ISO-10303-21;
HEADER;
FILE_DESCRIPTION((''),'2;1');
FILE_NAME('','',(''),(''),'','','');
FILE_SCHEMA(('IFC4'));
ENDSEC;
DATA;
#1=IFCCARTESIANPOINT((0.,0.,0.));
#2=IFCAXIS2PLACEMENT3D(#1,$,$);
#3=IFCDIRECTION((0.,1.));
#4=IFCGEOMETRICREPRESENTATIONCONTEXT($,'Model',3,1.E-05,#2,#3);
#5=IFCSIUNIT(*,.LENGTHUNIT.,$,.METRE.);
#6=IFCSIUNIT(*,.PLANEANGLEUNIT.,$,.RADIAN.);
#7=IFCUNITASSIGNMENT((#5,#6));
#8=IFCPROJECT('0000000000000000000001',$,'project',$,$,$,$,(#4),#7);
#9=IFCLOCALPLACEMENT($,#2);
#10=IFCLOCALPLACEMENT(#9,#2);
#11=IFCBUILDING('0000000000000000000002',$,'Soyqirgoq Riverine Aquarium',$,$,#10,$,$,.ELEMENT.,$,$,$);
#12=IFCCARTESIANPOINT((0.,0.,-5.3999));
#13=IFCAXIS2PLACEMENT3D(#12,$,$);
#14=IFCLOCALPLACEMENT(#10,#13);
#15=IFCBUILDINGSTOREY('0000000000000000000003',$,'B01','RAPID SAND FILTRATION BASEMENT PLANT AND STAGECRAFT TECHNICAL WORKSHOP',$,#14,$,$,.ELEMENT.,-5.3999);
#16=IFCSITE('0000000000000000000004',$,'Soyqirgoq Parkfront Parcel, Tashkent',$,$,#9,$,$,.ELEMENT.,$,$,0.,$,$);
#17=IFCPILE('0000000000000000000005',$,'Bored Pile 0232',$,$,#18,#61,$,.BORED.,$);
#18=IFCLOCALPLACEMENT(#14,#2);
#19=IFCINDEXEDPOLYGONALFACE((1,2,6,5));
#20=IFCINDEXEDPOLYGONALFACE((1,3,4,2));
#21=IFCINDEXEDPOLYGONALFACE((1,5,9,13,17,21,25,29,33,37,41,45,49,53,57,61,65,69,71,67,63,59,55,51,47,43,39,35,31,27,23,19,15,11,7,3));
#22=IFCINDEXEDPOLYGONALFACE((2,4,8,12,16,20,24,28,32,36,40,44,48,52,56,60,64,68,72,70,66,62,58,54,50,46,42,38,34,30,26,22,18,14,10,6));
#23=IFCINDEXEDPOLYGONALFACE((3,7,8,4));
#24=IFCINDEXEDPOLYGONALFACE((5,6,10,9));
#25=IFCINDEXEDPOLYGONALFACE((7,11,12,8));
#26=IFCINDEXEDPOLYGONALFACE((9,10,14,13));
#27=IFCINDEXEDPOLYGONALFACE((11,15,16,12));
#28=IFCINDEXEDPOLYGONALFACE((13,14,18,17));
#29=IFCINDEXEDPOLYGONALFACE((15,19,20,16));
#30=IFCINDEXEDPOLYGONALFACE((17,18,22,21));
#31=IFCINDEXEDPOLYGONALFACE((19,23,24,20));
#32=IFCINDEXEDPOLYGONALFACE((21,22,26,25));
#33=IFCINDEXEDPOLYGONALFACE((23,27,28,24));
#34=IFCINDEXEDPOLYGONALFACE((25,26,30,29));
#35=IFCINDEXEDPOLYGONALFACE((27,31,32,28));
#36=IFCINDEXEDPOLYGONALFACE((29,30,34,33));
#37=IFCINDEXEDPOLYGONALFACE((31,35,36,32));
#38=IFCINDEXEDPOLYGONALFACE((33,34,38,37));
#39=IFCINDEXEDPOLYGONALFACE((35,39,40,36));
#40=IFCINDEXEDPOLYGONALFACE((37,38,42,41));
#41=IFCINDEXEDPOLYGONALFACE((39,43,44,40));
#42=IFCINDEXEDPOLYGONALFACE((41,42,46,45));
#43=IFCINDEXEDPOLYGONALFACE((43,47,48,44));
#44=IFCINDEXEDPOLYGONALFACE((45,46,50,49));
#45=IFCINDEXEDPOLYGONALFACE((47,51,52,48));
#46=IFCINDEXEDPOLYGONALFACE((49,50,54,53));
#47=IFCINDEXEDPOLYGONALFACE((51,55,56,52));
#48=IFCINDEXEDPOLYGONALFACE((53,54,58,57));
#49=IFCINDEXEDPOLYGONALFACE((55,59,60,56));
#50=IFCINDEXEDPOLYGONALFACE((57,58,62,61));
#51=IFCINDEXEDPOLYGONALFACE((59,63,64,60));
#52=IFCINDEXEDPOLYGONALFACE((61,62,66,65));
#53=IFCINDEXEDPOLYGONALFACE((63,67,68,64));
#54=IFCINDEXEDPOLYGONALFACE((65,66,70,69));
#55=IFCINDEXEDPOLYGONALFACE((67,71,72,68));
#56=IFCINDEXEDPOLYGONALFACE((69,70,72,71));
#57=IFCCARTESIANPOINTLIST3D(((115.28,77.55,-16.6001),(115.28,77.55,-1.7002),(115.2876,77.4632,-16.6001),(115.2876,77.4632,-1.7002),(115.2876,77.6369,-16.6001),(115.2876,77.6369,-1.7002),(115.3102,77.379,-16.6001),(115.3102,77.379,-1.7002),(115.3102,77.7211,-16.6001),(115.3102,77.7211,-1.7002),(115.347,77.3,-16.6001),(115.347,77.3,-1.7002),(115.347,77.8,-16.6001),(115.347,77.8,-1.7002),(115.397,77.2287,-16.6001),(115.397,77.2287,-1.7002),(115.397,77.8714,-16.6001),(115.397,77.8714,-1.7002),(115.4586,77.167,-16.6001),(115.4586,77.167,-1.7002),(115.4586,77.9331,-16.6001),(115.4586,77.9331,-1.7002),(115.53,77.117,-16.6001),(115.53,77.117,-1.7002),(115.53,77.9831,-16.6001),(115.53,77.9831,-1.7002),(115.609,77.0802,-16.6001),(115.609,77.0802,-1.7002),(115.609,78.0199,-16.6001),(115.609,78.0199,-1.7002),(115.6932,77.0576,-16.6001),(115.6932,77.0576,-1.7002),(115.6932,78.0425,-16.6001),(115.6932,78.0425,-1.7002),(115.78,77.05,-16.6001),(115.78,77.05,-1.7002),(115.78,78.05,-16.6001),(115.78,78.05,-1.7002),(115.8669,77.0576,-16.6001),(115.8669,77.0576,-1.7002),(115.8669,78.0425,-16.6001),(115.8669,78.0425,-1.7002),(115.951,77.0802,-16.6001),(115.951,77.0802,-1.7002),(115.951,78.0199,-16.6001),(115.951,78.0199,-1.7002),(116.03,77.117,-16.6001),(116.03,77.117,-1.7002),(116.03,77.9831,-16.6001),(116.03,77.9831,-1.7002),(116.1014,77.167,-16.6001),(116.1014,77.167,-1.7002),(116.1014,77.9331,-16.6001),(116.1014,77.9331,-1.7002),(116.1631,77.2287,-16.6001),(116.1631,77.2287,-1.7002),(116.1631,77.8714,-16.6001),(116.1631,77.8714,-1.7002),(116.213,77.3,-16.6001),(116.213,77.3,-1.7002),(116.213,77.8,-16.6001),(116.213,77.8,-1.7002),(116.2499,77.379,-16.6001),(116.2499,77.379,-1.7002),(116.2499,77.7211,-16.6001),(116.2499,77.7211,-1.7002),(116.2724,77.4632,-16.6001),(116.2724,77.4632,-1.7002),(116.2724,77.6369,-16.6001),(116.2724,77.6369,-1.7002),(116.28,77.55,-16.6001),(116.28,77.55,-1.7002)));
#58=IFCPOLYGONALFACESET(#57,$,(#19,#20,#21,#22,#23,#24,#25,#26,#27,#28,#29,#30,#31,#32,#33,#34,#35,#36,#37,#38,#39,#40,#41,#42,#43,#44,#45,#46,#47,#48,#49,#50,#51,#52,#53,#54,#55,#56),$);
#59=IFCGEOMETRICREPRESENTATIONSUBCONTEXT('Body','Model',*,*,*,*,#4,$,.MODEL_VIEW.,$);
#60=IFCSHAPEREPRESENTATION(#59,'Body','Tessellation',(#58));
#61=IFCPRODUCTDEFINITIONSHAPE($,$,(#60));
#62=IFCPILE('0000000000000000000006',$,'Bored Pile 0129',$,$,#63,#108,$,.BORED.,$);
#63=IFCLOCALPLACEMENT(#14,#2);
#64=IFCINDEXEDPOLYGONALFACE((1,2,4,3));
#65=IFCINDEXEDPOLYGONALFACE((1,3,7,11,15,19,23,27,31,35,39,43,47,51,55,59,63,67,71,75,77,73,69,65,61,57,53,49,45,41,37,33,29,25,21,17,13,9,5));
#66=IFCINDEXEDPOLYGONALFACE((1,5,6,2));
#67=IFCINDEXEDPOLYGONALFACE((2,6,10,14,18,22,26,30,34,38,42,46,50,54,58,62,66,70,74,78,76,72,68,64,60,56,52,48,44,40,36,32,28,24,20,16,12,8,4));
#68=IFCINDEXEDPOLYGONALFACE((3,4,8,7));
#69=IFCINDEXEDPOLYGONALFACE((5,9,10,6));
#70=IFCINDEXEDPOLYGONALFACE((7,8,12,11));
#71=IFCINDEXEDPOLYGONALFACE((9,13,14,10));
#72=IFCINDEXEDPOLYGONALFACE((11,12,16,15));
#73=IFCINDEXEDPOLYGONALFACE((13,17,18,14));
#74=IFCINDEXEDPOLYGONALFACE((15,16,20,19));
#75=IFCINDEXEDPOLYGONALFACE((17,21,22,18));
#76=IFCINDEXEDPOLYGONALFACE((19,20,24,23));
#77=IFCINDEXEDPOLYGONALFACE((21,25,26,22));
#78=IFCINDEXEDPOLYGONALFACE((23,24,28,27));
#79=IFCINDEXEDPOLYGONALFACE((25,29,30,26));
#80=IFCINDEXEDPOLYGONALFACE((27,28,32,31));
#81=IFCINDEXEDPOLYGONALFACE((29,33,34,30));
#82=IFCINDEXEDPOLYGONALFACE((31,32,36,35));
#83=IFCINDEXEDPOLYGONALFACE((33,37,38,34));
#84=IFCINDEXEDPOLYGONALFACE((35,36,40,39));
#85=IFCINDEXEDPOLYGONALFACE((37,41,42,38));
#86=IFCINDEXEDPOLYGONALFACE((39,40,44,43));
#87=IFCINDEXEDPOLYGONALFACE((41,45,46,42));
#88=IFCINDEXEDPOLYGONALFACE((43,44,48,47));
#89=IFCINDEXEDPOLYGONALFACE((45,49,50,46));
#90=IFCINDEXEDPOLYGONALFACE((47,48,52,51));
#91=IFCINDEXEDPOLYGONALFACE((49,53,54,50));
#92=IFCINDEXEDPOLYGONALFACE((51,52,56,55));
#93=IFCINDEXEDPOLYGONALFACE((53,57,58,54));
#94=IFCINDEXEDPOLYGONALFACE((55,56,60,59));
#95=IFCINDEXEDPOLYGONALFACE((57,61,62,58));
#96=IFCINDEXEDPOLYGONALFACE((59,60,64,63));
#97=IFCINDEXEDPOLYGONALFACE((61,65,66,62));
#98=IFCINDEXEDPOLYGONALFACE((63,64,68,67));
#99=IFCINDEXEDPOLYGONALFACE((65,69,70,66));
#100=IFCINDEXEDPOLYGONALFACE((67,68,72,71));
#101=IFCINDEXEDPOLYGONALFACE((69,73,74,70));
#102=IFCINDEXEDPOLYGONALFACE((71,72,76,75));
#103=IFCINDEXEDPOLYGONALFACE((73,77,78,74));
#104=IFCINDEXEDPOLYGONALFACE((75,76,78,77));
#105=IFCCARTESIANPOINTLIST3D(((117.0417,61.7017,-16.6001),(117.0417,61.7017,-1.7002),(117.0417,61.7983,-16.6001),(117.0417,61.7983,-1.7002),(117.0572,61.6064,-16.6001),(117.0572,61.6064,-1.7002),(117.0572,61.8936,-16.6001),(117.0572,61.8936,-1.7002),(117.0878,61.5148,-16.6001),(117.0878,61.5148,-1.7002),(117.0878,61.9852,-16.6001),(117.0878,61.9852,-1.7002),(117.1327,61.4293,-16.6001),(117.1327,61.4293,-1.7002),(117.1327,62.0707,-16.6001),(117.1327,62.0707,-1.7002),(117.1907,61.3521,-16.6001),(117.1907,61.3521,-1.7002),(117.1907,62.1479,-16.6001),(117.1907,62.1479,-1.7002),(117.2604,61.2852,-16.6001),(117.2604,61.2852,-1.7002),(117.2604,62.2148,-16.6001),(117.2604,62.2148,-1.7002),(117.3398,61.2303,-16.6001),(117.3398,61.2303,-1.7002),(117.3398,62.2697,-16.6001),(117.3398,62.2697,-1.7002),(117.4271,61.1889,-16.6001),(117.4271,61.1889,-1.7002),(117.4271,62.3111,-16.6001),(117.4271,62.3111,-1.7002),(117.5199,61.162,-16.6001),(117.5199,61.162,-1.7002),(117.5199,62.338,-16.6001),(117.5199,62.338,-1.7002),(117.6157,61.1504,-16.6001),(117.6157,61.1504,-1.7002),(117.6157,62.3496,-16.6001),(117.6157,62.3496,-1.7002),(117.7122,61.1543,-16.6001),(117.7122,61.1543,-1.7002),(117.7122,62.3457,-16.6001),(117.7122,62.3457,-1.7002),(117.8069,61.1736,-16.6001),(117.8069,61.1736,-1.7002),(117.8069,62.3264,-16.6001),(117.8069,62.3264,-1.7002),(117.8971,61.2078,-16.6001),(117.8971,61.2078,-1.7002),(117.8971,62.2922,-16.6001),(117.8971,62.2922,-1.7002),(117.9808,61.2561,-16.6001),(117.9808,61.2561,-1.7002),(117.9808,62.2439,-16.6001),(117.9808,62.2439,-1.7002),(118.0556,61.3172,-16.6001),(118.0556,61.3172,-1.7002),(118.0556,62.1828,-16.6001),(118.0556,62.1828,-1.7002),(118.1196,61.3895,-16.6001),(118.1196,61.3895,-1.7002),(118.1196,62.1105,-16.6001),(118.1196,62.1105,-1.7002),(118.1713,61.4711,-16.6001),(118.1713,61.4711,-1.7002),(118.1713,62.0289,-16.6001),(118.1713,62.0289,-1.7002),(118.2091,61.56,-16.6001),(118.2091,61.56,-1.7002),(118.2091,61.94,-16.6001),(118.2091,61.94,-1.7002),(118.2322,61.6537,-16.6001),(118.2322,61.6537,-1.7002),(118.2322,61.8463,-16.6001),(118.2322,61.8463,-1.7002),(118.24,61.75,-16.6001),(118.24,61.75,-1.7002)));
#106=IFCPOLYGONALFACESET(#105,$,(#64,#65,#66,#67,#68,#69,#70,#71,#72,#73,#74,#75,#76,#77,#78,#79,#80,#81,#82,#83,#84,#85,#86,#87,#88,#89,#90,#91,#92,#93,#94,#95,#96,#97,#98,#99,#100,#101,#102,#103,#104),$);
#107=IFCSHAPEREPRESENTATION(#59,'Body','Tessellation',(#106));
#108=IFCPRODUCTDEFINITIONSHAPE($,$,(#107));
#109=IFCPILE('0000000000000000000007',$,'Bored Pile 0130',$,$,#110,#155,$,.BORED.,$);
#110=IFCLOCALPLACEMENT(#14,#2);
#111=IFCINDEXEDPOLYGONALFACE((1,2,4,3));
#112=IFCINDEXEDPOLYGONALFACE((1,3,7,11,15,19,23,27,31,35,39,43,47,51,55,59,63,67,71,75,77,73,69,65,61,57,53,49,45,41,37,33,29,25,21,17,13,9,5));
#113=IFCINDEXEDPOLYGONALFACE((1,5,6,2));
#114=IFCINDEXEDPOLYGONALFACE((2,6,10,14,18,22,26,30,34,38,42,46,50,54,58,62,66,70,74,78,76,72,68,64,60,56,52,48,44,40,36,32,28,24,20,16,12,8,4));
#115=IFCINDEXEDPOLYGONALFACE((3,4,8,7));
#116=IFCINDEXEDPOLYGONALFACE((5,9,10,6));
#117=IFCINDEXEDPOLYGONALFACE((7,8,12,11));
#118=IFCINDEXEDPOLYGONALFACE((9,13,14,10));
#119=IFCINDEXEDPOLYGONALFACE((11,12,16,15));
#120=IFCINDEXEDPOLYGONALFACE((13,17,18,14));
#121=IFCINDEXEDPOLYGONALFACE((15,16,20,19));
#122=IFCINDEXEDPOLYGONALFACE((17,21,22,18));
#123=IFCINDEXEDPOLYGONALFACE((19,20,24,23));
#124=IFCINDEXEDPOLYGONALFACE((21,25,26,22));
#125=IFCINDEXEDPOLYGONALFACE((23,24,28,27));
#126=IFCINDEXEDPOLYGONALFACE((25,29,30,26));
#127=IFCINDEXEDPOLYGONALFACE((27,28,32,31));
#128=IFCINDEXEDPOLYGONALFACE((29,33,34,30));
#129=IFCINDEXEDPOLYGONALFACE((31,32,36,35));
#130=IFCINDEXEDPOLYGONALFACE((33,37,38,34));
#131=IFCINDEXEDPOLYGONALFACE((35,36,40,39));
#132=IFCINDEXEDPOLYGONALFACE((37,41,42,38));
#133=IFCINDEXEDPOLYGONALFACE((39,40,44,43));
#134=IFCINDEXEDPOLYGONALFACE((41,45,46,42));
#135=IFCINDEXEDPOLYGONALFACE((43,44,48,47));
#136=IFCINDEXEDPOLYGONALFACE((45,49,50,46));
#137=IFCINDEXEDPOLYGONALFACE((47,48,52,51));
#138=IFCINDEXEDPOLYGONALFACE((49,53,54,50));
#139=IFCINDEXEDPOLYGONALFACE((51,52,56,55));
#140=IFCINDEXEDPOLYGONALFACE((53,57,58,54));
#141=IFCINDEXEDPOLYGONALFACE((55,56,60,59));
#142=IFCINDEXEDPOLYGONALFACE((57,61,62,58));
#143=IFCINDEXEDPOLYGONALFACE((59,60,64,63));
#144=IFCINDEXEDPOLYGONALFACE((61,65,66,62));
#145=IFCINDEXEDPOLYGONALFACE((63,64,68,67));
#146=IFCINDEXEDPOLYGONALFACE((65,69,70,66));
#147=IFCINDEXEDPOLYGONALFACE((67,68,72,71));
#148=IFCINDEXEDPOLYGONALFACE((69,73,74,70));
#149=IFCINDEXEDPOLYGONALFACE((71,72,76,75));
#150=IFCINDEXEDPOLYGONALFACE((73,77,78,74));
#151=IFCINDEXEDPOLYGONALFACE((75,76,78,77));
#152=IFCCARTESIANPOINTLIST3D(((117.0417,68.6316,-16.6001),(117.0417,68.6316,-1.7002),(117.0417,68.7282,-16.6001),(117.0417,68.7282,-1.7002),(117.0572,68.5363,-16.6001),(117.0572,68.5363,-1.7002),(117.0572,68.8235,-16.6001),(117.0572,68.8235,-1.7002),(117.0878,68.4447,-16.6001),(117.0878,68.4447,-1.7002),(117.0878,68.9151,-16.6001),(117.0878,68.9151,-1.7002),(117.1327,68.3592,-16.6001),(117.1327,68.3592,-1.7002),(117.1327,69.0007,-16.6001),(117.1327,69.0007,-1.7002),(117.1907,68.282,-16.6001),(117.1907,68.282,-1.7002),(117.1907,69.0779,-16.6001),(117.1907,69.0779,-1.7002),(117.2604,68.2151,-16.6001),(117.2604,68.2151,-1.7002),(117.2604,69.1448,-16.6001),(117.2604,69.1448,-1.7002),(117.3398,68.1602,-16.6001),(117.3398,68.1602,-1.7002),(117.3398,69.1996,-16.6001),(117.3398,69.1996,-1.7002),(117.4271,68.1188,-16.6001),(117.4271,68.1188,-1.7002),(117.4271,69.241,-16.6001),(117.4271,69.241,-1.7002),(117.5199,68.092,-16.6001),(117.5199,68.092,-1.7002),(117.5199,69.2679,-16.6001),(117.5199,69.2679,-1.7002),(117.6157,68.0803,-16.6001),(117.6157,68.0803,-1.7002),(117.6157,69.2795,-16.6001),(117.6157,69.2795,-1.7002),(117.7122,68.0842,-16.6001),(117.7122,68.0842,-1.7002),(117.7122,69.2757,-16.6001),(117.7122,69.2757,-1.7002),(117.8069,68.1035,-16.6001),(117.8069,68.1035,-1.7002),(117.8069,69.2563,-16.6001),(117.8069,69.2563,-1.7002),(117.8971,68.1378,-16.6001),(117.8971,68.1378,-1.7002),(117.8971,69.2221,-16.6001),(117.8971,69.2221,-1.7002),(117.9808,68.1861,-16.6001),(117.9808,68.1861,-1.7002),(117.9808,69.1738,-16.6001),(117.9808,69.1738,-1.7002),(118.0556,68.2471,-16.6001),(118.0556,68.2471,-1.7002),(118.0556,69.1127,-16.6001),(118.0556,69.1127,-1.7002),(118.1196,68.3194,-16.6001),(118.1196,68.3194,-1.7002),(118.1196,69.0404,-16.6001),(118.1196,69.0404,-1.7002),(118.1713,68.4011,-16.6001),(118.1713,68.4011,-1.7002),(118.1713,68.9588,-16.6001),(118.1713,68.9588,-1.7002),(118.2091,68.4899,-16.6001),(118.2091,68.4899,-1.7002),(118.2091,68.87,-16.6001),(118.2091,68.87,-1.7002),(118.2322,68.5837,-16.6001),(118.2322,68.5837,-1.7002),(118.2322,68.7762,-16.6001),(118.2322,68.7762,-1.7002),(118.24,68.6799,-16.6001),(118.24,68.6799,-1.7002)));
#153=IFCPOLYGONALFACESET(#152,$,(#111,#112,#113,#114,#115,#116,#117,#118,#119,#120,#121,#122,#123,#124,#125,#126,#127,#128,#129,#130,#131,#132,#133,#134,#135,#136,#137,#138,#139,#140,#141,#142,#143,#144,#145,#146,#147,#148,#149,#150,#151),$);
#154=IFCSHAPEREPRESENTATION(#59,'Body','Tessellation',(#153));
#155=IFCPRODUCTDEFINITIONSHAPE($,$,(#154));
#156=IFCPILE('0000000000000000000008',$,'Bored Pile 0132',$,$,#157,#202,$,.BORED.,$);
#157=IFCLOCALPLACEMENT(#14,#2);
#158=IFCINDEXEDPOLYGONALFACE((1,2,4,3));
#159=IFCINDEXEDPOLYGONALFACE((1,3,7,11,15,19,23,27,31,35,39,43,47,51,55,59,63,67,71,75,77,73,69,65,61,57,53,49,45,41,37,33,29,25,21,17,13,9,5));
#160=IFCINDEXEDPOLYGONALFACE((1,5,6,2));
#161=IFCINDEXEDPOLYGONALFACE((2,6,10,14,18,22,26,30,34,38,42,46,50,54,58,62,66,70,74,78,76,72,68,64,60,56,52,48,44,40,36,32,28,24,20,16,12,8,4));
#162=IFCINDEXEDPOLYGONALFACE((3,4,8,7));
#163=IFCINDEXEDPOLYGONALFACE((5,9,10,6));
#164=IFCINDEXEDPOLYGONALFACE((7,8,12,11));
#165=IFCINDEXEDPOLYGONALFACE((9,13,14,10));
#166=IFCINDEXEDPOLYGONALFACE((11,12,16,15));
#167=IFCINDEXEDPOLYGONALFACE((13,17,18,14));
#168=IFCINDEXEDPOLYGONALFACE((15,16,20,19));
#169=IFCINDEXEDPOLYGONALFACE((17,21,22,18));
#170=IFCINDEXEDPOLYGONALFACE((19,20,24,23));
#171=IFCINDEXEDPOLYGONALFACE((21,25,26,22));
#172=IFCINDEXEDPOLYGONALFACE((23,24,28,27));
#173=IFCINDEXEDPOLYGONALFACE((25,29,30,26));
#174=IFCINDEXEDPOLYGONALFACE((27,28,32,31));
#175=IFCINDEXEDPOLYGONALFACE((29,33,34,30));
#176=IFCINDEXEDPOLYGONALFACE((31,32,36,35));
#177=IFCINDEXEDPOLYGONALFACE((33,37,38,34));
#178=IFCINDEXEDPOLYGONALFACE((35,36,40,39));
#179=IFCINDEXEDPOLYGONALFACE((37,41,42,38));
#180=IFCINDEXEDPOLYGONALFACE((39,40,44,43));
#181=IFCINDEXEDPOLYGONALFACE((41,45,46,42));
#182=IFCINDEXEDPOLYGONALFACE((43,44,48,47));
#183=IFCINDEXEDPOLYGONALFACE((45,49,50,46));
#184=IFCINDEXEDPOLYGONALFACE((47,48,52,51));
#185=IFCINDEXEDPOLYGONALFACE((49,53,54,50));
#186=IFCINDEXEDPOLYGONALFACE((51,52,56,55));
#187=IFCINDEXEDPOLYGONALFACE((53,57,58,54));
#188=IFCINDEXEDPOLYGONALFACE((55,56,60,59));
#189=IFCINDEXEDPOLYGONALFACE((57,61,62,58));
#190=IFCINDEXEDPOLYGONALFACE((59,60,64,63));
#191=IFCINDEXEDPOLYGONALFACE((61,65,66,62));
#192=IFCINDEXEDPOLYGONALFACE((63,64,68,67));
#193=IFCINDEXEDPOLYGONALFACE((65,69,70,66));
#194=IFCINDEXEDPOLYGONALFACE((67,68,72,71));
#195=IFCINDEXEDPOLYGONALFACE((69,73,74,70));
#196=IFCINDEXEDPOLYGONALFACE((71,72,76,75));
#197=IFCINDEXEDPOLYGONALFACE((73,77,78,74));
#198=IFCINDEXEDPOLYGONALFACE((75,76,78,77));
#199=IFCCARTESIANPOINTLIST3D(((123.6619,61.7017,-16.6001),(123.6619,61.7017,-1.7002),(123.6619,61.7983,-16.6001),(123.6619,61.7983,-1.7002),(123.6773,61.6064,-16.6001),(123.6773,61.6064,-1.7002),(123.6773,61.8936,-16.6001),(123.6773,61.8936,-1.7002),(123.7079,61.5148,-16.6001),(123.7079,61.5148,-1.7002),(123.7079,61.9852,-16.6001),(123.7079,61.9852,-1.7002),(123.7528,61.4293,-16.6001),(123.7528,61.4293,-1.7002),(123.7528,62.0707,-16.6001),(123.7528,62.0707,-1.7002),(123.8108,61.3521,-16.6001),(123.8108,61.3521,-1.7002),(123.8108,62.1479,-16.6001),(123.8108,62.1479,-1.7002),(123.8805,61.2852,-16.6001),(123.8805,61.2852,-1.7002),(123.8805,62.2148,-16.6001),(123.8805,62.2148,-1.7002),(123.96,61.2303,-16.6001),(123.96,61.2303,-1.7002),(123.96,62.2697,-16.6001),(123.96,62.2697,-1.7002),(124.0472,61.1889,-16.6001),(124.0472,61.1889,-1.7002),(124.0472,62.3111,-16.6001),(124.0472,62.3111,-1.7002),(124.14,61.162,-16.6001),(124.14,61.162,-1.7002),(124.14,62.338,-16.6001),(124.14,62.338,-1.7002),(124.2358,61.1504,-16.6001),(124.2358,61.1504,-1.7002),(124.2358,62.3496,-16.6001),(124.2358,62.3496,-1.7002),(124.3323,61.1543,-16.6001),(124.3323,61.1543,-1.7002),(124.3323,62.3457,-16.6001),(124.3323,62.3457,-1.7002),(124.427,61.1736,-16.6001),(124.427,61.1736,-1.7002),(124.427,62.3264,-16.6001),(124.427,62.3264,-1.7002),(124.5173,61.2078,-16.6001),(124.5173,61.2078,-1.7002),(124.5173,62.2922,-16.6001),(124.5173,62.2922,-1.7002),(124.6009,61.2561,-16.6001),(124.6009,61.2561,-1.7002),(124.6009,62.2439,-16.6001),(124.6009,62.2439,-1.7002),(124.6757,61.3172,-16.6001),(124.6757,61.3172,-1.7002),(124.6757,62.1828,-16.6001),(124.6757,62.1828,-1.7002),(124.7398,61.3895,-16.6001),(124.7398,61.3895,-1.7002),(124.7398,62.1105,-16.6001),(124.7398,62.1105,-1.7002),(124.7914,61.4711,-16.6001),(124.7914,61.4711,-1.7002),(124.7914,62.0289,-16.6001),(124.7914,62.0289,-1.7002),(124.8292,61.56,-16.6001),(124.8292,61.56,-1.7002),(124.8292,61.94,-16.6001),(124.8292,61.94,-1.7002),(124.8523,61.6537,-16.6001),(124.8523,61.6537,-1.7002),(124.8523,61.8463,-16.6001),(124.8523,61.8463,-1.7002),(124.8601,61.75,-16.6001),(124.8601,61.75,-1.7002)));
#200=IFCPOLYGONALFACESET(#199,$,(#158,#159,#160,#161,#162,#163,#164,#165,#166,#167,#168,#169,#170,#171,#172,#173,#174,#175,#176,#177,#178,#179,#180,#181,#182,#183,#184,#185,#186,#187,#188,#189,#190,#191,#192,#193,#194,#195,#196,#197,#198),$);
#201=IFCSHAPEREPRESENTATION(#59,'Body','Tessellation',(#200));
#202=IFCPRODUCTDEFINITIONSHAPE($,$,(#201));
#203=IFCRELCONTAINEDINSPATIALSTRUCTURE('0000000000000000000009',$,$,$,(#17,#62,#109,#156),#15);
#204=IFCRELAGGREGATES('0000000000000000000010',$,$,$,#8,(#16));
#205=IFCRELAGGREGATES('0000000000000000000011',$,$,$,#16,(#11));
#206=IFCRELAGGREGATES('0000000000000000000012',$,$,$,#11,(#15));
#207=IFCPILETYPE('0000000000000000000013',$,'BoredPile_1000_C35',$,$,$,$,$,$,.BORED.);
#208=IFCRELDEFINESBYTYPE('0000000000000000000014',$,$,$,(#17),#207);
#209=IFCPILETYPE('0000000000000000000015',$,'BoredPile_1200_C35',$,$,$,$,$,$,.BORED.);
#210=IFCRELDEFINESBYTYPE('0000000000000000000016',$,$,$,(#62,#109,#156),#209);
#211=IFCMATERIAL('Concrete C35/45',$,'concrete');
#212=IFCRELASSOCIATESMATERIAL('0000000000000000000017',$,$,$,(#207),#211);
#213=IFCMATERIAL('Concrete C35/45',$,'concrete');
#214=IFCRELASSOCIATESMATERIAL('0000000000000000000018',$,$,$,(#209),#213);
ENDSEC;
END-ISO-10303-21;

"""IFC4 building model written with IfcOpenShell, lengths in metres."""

from ifc_helpers import new_model, si_unit, direction, frame, origin, origin_2d, place, context, subcontext, project, spatial, circle, extrude, material, material_profile, profile_set, type_object, element, save


model = new_model("IFC4")

# Units and contexts
model_context = context("Model", 3, precision=1e-05, world=origin(), true_north=direction((0.0, 1.0)))
body_context = subcontext(model_context, "Body", "Model", "MODEL_VIEW")
ifc_project = project(units=[si_unit("LENGTHUNIT", "METRE"), si_unit("PLANEANGLEUNIT", "RADIAN")], contexts=[model_context])

# Site, building, storey
site_placement = place(None, origin())
site = spatial("IfcSite", under=ifc_project, at=site_placement, Name="Soyqirgoq Parkfront Parcel, Tashkent", CompositionType="ELEMENT", RefElevation=0.0)
building_placement = place(site_placement, origin())
building = spatial("IfcBuilding", under=site, at=building_placement, Name="Soyqirgoq Riverine Aquarium", CompositionType="ELEMENT")
storey_placement = place(building_placement, frame((0.0, 0.0, -5.3999)))
storey = spatial("IfcBuildingStorey", under=building, at=storey_placement, Name="B01", Description="RAPID SAND FILTRATION BASEMENT PLANT AND STAGECRAFT TECHNICAL WORKSHOP", CompositionType="ELEMENT", Elevation=-5.3999)

# Piles
ifc_material_1 = material(Name="Concrete C35/45", Category="concrete")
ifc_material_profile_1 = material_profile(ifc_material_1, circle(Radius=0.5, at=origin_2d()), Name="BP D1000")
ifc_profile_set_1 = profile_set([ifc_material_profile_1], Name="Concrete C35/45")
pile_type_1 = type_object("IfcPileType", Name="BoredPile_1000_C35", PredefinedType="BORED", material=ifc_profile_set_1)
for number, where, z_axis, x_axis, name in (
    (1, (115.78, 77.55, -1.7002), (0.0, 0.0, -1.0), (1.0, 0.0, 0.0), "Bored Pile 0232"),
):
    element("IfcPile", number, at=place(storey_placement, frame(where, z_axis=z_axis, x_axis=x_axis)), inside=storey, type_object=pile_type_1, Name=name, PredefinedType="BORED", context=body_context, shape_type="SweptSolid", body=[
        extrude(circle(Radius=0.5, at=origin_2d()), origin(), (0.0, 0.0, 1.0), 14.8999),
    ])
ifc_material_2 = material(Name="Concrete C35/45", Category="concrete")
ifc_material_profile_2 = material_profile(ifc_material_2, circle(Radius=0.6001, at=origin_2d()), Name="BP D1200")
ifc_profile_set_2 = profile_set([ifc_material_profile_2], Name="Concrete C35/45")
pile_type_2 = type_object("IfcPileType", Name="BoredPile_1200_C35", PredefinedType="BORED", material=ifc_profile_set_2)
for number, where, z_axis, x_axis, name in (
    (2, (117.6399, 61.75, -1.7002), (0.0, 0.0, -1.0), (1.0, 0.0, 0.0), "Bored Pile 0129"),
    (3, (117.6399, 68.6799, -1.7002), (0.0, 0.0, -1.0), (1.0, 0.0, 0.0), "Bored Pile 0130"),
    (4, (124.26, 61.75, -1.7002), (0.0, 0.0, -1.0), (1.0, 0.0, 0.0), "Bored Pile 0132"),
):
    element("IfcPile", number, at=place(storey_placement, frame(where, z_axis=z_axis, x_axis=x_axis)), inside=storey, type_object=pile_type_2, Name=name, PredefinedType="BORED", context=body_context, shape_type="SweptSolid", body=[
        extrude(circle(Radius=0.6001, at=origin_2d()), origin(), (0.0, 0.0, 1.0), 14.8999),
    ])

save(model, "model.ifc")
